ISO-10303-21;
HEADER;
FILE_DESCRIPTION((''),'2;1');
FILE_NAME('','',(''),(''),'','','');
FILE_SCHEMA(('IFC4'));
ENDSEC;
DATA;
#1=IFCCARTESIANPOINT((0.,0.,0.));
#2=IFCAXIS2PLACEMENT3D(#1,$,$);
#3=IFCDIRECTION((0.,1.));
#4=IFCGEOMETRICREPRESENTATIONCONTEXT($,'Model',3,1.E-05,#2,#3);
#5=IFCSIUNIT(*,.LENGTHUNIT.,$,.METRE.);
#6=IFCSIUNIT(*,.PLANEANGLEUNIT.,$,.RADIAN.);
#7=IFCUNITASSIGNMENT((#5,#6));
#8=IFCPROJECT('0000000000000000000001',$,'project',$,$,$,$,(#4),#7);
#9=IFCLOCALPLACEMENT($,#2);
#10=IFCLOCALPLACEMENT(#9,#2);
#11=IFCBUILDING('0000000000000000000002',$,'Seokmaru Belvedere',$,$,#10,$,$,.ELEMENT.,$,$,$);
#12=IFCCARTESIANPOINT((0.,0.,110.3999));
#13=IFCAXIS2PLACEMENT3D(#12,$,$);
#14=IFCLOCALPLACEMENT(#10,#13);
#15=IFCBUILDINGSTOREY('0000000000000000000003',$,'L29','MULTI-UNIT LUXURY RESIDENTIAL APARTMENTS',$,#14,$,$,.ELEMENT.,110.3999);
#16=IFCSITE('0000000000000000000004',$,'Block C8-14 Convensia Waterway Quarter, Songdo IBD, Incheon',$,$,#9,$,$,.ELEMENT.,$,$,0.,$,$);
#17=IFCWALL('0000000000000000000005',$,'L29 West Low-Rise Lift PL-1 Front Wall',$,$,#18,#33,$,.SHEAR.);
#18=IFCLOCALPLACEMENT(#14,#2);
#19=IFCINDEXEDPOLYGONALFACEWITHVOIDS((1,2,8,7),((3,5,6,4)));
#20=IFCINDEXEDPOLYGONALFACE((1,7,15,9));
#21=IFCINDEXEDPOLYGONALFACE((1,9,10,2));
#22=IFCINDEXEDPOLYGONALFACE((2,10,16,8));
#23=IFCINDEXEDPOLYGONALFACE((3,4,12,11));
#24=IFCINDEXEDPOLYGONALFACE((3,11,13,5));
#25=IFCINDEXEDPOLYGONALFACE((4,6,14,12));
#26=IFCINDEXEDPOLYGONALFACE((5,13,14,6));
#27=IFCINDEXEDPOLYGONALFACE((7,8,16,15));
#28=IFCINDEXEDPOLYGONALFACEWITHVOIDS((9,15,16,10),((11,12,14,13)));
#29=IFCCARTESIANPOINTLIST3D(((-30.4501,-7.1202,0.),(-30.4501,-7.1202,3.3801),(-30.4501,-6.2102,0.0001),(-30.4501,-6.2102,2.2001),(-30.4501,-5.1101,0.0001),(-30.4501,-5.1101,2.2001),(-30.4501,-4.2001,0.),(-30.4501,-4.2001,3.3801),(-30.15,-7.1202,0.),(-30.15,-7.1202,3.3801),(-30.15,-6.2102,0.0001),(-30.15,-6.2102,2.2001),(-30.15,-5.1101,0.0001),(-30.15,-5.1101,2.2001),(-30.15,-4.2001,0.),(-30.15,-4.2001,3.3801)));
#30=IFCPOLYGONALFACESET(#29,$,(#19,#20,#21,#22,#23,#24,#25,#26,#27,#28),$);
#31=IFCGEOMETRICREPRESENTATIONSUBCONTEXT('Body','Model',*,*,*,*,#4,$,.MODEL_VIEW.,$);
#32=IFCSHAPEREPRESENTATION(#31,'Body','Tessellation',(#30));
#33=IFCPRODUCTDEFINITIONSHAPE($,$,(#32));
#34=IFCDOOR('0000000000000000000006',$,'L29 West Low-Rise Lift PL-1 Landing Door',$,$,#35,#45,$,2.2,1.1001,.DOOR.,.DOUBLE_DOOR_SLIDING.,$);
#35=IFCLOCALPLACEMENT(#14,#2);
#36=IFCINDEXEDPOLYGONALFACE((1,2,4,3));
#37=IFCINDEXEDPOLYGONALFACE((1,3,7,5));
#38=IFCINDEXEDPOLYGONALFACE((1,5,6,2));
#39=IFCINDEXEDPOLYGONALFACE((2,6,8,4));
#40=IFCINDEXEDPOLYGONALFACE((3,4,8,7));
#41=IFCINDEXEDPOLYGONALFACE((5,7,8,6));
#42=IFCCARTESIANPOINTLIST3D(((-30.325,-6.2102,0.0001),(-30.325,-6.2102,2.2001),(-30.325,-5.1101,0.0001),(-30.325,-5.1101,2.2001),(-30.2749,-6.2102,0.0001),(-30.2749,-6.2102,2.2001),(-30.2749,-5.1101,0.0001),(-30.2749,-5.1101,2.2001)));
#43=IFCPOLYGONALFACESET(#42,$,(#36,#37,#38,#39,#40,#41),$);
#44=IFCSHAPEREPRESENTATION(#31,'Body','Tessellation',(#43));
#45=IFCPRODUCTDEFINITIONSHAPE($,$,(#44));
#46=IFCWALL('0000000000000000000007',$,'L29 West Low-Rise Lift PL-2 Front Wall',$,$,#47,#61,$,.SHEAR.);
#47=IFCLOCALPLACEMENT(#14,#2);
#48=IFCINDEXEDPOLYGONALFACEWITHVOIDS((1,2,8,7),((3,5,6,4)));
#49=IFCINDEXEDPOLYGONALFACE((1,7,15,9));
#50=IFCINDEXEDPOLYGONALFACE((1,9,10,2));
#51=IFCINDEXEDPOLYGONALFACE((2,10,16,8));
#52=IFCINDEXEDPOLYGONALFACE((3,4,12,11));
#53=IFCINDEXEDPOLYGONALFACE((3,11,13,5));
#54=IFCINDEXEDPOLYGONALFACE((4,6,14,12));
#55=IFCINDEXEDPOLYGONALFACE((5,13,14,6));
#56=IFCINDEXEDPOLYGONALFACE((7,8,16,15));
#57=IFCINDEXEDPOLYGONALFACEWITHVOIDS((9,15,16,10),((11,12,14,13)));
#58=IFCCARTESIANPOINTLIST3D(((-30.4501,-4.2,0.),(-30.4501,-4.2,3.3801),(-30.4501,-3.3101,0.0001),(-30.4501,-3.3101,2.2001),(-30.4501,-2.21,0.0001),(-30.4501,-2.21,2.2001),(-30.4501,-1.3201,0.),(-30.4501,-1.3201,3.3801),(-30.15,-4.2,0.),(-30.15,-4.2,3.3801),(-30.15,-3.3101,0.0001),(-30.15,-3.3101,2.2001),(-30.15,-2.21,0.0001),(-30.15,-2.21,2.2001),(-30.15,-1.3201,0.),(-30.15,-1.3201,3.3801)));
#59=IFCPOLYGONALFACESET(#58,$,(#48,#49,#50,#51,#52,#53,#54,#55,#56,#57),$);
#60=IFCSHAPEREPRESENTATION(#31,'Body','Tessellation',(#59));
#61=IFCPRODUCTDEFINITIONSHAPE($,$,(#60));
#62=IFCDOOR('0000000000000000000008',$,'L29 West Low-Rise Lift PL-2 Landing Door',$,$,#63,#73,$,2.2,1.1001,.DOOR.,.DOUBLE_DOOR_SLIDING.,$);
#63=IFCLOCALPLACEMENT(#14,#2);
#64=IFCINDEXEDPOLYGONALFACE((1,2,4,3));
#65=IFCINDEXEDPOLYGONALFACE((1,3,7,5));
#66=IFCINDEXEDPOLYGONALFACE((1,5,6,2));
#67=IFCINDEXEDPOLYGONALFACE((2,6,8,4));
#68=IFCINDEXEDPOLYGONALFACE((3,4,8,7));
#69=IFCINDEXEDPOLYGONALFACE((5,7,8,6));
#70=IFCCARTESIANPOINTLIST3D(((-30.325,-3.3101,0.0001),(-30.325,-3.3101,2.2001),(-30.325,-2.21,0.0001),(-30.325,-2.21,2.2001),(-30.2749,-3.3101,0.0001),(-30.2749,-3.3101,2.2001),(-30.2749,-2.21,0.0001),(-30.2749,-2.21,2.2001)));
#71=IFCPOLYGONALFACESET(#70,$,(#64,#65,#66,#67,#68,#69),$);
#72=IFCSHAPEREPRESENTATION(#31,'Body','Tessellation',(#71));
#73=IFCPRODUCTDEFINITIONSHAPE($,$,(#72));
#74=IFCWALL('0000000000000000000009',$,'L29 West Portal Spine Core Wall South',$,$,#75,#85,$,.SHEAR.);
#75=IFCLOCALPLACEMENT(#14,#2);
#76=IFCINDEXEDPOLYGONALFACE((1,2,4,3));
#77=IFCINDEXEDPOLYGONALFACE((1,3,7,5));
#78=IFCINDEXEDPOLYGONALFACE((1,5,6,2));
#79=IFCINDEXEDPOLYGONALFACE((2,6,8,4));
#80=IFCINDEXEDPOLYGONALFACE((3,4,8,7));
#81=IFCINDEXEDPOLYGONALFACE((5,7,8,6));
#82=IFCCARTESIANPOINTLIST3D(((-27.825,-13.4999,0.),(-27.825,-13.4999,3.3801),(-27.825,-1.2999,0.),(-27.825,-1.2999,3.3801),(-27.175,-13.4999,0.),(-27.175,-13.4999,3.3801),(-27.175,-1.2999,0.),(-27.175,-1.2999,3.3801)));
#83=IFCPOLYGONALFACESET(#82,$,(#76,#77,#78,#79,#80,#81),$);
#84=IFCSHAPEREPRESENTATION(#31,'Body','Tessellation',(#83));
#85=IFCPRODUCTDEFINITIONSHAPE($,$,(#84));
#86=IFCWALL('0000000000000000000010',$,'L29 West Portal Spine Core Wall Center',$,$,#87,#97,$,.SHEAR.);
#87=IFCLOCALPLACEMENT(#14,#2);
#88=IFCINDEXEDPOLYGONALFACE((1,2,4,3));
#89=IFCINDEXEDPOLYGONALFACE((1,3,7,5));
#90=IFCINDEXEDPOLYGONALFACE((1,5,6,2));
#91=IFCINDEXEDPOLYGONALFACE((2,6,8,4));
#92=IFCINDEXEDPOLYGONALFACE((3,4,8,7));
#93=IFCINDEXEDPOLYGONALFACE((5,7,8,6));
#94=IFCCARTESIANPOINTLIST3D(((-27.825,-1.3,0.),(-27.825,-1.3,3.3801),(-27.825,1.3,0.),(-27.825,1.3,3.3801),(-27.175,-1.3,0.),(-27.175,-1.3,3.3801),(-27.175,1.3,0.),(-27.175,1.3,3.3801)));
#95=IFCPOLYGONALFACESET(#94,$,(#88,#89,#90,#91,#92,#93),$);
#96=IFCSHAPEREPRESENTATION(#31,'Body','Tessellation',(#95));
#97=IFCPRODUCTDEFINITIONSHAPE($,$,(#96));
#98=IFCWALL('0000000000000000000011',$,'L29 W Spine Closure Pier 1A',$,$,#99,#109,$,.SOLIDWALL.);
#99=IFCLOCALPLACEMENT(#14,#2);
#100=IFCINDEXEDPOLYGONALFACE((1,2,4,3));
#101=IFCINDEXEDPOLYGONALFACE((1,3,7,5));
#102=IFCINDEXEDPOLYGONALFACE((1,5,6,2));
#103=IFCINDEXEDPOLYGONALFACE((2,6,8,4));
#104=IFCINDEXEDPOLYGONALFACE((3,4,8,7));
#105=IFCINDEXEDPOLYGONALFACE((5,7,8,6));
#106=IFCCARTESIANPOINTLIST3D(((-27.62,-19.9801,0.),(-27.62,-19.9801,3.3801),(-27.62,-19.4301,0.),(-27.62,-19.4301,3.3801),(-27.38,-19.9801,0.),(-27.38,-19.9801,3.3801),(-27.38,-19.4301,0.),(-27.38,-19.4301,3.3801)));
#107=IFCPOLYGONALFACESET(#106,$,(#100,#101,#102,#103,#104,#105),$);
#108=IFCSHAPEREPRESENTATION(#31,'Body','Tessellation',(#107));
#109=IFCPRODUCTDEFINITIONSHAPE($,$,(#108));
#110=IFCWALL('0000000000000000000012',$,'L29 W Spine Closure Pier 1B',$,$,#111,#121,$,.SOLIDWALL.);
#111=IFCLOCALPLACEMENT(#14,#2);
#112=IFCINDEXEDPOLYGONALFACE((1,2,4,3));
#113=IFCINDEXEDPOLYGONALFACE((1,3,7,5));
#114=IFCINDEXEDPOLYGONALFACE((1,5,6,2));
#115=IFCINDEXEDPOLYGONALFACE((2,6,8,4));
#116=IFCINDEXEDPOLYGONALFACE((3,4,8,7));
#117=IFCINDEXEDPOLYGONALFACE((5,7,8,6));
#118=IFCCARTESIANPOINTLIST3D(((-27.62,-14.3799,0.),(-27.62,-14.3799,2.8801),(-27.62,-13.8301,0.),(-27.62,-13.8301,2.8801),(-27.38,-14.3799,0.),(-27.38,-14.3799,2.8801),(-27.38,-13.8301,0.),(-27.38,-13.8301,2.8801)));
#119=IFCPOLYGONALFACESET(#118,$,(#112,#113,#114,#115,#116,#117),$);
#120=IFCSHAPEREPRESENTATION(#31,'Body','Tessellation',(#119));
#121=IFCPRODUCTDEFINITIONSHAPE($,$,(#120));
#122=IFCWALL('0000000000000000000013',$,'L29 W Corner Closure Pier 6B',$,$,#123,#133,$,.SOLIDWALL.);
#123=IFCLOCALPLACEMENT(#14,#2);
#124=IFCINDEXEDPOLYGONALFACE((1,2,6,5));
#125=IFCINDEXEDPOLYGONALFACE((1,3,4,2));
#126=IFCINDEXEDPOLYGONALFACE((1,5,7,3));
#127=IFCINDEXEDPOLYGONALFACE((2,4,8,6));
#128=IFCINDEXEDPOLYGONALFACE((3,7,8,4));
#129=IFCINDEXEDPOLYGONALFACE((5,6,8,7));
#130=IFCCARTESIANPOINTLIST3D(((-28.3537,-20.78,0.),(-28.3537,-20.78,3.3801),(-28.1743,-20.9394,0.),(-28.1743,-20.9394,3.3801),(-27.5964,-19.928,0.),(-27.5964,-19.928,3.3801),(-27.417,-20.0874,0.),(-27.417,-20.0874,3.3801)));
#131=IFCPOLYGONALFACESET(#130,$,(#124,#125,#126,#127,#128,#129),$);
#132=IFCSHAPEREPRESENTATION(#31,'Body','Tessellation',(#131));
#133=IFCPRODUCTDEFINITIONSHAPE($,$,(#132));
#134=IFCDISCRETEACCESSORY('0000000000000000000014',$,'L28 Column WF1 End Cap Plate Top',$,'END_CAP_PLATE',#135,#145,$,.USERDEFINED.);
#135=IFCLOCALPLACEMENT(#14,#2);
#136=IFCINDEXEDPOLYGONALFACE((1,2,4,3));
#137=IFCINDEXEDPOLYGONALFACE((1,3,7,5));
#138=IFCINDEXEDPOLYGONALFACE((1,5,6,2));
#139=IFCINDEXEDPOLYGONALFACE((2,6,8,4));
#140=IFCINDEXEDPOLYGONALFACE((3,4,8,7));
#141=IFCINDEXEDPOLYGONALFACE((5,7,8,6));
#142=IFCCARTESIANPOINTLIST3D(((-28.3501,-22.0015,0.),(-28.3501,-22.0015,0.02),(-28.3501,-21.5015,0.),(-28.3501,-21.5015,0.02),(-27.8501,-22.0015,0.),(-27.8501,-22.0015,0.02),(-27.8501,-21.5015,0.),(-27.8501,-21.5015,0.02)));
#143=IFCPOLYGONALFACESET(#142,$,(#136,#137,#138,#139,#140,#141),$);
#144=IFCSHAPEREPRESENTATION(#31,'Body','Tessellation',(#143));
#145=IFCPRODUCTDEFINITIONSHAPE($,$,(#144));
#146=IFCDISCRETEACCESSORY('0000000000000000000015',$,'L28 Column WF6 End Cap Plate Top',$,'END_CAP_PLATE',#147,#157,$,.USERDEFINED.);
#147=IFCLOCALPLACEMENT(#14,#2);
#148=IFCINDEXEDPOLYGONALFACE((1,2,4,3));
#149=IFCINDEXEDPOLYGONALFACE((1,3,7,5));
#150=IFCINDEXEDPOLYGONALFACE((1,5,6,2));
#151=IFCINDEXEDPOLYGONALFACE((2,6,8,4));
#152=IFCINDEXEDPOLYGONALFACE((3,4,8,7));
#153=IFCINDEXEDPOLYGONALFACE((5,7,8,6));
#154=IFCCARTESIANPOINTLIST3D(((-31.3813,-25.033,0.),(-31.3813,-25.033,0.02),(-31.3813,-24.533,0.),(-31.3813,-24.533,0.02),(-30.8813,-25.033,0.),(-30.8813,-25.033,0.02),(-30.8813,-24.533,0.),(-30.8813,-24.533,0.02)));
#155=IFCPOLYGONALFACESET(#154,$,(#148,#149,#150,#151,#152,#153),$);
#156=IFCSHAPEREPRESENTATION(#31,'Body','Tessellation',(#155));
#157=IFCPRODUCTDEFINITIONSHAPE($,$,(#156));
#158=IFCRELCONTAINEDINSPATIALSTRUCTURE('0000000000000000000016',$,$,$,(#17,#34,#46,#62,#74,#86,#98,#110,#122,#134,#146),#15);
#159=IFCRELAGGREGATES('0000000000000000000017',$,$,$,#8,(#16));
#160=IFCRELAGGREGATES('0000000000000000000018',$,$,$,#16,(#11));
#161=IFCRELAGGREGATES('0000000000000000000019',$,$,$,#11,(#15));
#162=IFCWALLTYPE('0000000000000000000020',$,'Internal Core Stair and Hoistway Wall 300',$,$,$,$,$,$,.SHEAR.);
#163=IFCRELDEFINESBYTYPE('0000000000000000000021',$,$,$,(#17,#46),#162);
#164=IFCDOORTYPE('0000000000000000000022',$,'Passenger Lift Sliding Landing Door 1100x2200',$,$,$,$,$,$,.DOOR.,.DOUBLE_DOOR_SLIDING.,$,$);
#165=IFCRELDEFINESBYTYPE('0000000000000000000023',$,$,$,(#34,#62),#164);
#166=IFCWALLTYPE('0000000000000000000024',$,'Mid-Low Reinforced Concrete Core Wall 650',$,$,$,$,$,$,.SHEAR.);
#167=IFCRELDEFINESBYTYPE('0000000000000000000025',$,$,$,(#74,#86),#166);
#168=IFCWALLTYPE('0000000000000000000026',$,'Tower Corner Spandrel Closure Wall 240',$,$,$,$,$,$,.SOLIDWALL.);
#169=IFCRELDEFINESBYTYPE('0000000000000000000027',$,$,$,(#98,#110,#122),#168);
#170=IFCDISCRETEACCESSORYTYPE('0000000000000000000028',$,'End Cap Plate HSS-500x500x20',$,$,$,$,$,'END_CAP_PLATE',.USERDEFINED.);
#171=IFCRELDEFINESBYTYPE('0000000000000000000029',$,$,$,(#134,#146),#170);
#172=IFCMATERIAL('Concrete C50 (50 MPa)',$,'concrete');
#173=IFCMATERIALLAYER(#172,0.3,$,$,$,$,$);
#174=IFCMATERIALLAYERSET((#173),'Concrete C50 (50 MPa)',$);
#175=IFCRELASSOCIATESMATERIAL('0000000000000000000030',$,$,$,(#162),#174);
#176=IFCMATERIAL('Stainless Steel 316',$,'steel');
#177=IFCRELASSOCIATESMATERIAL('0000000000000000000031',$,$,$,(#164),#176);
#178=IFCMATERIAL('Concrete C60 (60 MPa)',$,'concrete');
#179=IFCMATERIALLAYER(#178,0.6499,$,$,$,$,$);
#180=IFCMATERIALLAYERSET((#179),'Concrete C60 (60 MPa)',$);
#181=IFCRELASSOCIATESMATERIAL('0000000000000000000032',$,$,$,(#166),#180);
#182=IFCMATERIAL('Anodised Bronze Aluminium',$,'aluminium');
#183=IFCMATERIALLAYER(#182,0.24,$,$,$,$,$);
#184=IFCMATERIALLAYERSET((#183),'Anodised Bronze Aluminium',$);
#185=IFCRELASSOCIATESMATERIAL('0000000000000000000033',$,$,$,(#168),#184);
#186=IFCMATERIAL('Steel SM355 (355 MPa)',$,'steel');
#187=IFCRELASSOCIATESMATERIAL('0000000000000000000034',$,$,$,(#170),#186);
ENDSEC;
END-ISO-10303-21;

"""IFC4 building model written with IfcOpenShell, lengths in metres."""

from ifc_helpers import new_model, si_unit, direction, frame, frame_2d, origin, origin_2d, place, context, subcontext, project, spatial, rectangle, extrude, source, transform, mapped, material, layer, layer_set, type_object, type_shapes, element, fill, save


model = new_model("IFC4")

# Units and contexts
model_context = context("Model", 3, precision=1e-05, world=origin(), true_north=direction((0.0, 1.0)))
body_context = subcontext(model_context, "Body", "Model", "MODEL_VIEW")
ifc_project = project(units=[si_unit("LENGTHUNIT", "METRE"), si_unit("PLANEANGLEUNIT", "RADIAN")], contexts=[model_context])

# Site, building, storey
site_placement = place(None, origin())
site = spatial("IfcSite", under=ifc_project, at=site_placement, Name="Block C8-14 Convensia Waterway Quarter, Songdo IBD, Incheon", CompositionType="ELEMENT", RefElevation=0.0)
building_placement = place(site_placement, origin())
building = spatial("IfcBuilding", under=site, at=building_placement, Name="Seokmaru Belvedere", CompositionType="ELEMENT")
storey_placement = place(building_placement, frame((0.0, 0.0, 110.3999)))
storey = spatial("IfcBuildingStorey", under=building, at=storey_placement, Name="L29", Description="MULTI-UNIT LUXURY RESIDENTIAL APARTMENTS", CompositionType="ELEMENT", Elevation=110.3999)

# Shared definitions
ifc_material_1 = material(Name="Steel SM355 (355 MPa)", Category="steel")

# Shared definitions
ifc_material_2 = material(Name="Anodised Bronze Aluminium", Category="aluminium")

# Shared definitions
ifc_material_3 = material(Name="Concrete C50 (50 MPa)", Category="concrete")

# Walls, openings, doors
ifc_layer_1 = layer(ifc_material_3, 0.3)
ifc_layer_set_1 = layer_set([ifc_layer_1], Name="Concrete C50 (50 MPa)")
wall_type_1 = type_object("IfcWallType", Name="Internal Core Stair and Hoistway Wall 300", PredefinedType="SHEAR", material=ifc_layer_set_1)
ifc_material_4 = material(Name="Stainless Steel 316", Category="steel")
wall_1_placement = place(storey_placement, frame((-30.3, -7.1201, 0.0), z_axis=(0.0, 0.0, 1.0), x_axis=(0.0, 1.0, 0.0)))
wall_1 = element("IfcWall", 1, at=wall_1_placement, inside=storey, type_object=wall_type_1, Name="L29 West Low-Rise Lift PL-1 Front Wall", PredefinedType="SHEAR", context=body_context, shape_type="SweptSolid", body=[
    extrude(rectangle(XDim=2.9202, YDim=0.3, at=frame_2d((1.46, 0.0))), origin(), (0.0, 0.0, 1.0), 3.3801),
])
opening_1_placement = place(wall_1_placement, frame((0.9099, 0.0, 0.0)))
opening_1 = element("IfcOpeningElement", 2, at=opening_1_placement, cuts=wall_1, PredefinedType="OPENING", context=body_context, shape_type="SweptSolid", body=[
    extrude(rectangle(XDim=1.1001, YDim=2.2, at=frame_2d((0.55, 1.1001))), frame((0.0, 0.1602, 0.0), z_axis=(0.0, -1.0, 0.0), x_axis=(1.0, 0.0, 0.0)), (0.0, 0.0, 1.0), 0.3201),
])
door_type_1 = type_object("IfcDoorType", Name="Passenger Lift Sliding Landing Door 1100x2200", OperationType="DOUBLE_DOOR_SLIDING", PredefinedType="DOOR", material=ifc_material_4)
shared_shape_1 = source(origin(), body_context, "Body", "SweptSolid", [
    extrude(rectangle(XDim=1.1001, YDim=2.2, at=frame_2d((0.55, 1.1001))), frame((0.0, 0.0249, 0.0), z_axis=(0.0, -1.0, 0.0), x_axis=(1.0, 0.0, 0.0)), (0.0, 0.0, 1.0), 0.05),
])
type_shapes(door_type_1, [shared_shape_1])
door_1_placement = place(opening_1_placement, origin())
door_1 = element("IfcDoor", 3, at=door_1_placement, inside=storey, type_object=door_type_1, Name="L29 West Low-Rise Lift PL-1 Landing Door", OperationType="DOUBLE_DOOR_SLIDING", OverallHeight=2.2, OverallWidth=1.1001, PredefinedType="DOOR", context=body_context, shape_type="MappedRepresentation", body=[
    mapped(shared_shape_1, transform((0.0, 0.0, 0.0), scale=1.0)),
])
fill(opening_1, door_1)
wall_2_placement = place(storey_placement, frame((-30.3, -4.2, 0.0), z_axis=(0.0, 0.0, 1.0), x_axis=(0.0, 1.0, 0.0)))
wall_2 = element("IfcWall", 4, at=wall_2_placement, inside=storey, type_object=wall_type_1, Name="L29 West Low-Rise Lift PL-2 Front Wall", PredefinedType="SHEAR", context=body_context, shape_type="SweptSolid", body=[
    extrude(rectangle(XDim=2.8799, YDim=0.3, at=frame_2d((1.4399, 0.0))), origin(), (0.0, 0.0, 1.0), 3.3801),
])
opening_2_placement = place(wall_2_placement, frame((0.8899, 0.0, 0.0)))
opening_2 = element("IfcOpeningElement", 5, at=opening_2_placement, cuts=wall_2, PredefinedType="OPENING", context=body_context, shape_type="SweptSolid", body=[
    extrude(rectangle(XDim=1.1001, YDim=2.2, at=frame_2d((0.55, 1.1001))), frame((0.0, 0.1602, 0.0), z_axis=(0.0, -1.0, 0.0), x_axis=(1.0, 0.0, 0.0)), (0.0, 0.0, 1.0), 0.3201),
])
door_2_placement = place(opening_2_placement, origin())
door_2 = element("IfcDoor", 6, at=door_2_placement, inside=storey, type_object=door_type_1, Name="L29 West Low-Rise Lift PL-2 Landing Door", OperationType="DOUBLE_DOOR_SLIDING", OverallHeight=2.2, OverallWidth=1.1001, PredefinedType="DOOR", context=body_context, shape_type="MappedRepresentation", body=[
    mapped(shared_shape_1, transform((0.0, 0.0, 0.0), scale=1.0)),
])
fill(opening_2, door_2)

# Walls
ifc_material_5 = material(Name="Concrete C60 (60 MPa)", Category="concrete")
ifc_layer_2 = layer(ifc_material_5, 0.6499)
ifc_layer_set_2 = layer_set([ifc_layer_2], Name="Concrete C60 (60 MPa)")
wall_type_2 = type_object("IfcWallType", Name="Mid-Low Reinforced Concrete Core Wall 650", PredefinedType="SHEAR", material=ifc_layer_set_2)
wall_3_placement = place(storey_placement, frame((-27.5, -13.5, 0.0), z_axis=(0.0, 0.0, 1.0), x_axis=(0.0, 1.0, 0.0)))
element("IfcWall", 7, at=wall_3_placement, inside=storey, type_object=wall_type_2, Name="L29 West Portal Spine Core Wall South", PredefinedType="SHEAR", context=body_context, shape_type="SweptSolid", body=[
    extrude(rectangle(XDim=12.2, YDim=0.6499, at=frame_2d((6.1001, 0.0))), origin(), (0.0, 0.0, 1.0), 3.3801),
])
wall_4_placement = place(storey_placement, frame((-27.5, -1.3, 0.0), z_axis=(0.0, 0.0, 1.0), x_axis=(0.0, 1.0, 0.0)))
element("IfcWall", 8, at=wall_4_placement, inside=storey, type_object=wall_type_2, Name="L29 West Portal Spine Core Wall Center", PredefinedType="SHEAR", context=body_context, shape_type="SweptSolid", body=[
    extrude(rectangle(XDim=2.6001, YDim=0.6499, at=frame_2d((1.3, 0.0))), origin(), (0.0, 0.0, 1.0), 3.3801),
])
ifc_layer_3 = layer(ifc_material_2, 0.24)
ifc_layer_set_3 = layer_set([ifc_layer_3], Name="Anodised Bronze Aluminium")
wall_type_3 = type_object("IfcWallType", Name="Tower Corner Spandrel Closure Wall 240", PredefinedType="SOLIDWALL", material=ifc_layer_set_3)
wall_5_placement = place(storey_placement, frame((-27.5, -19.98, 0.0), z_axis=(0.0, 0.0, 1.0), x_axis=(0.0, 1.0, 0.0)))
element("IfcWall", 9, at=wall_5_placement, inside=storey, type_object=wall_type_3, Name="L29 W Spine Closure Pier 1A", PredefinedType="SOLIDWALL", context=body_context, shape_type="SweptSolid", body=[
    extrude(rectangle(XDim=0.55, YDim=0.24, at=frame_2d((0.2749, 0.0))), origin(), (0.0, 0.0, 1.0), 3.3801),
])
wall_6_placement = place(storey_placement, frame((-27.5, -14.3799, 0.0), z_axis=(0.0, 0.0, 1.0), x_axis=(0.0, 1.0, 0.0)))
element("IfcWall", 10, at=wall_6_placement, inside=storey, type_object=wall_type_3, Name="L29 W Spine Closure Pier 1B", PredefinedType="SOLIDWALL", context=body_context, shape_type="SweptSolid", body=[
    extrude(rectangle(XDim=0.5498, YDim=0.24, at=frame_2d((0.2749, 0.0))), origin(), (0.0, 0.0, 1.0), 2.8801),
])
wall_7_placement = place(storey_placement, frame((-28.2639, -20.8596, 0.0), z_axis=(0.0, 0.0, 1.0), x_axis=(0.664337, 0.747433, 0.0)))
element("IfcWall", 11, at=wall_7_placement, inside=storey, type_object=wall_type_3, Name="L29 W Corner Closure Pier 6B", PredefinedType="SOLIDWALL", context=body_context, shape_type="SweptSolid", body=[
    extrude(rectangle(XDim=1.1399, YDim=0.24, at=frame_2d((0.5698, 0.0))), origin(), (0.0, 0.0, 1.0), 3.3801),
])

# Discrete accessories
discrete_accessory_type = type_object("IfcDiscreteAccessoryType", Name="End Cap Plate HSS-500x500x20", ElementType="END_CAP_PLATE", PredefinedType="USERDEFINED", material=ifc_material_1)
shared_shape_2 = source(origin(), body_context, "Body", "SweptSolid", [
    extrude(rectangle(XDim=0.5, YDim=0.5, at=origin_2d()), origin(), (0.0, 0.0, 1.0), 0.02),
])
type_shapes(discrete_accessory_type, [shared_shape_2])
for number, where, z_axis, x_axis, name in (
    (12, (-28.1001, -21.7515, 0.0), (0.0, 0.0, 1.0), (1.0, 0.0, 0.0), "L28 Column WF1 End Cap Plate Top"),
    (13, (-31.1313, -24.783, 0.0), (0.0, 0.0, 1.0), (1.0, 0.0, 0.0), "L28 Column WF6 End Cap Plate Top"),
):
    element("IfcDiscreteAccessory", number, at=place(storey_placement, frame(where, z_axis=z_axis, x_axis=x_axis)), inside=storey, type_object=discrete_accessory_type, Name=name, ObjectType="END_CAP_PLATE", PredefinedType="USERDEFINED", context=body_context, shape_type="MappedRepresentation", body=[
        mapped(shared_shape_2, transform((0.0, 0.0, 0.0), scale=1.0)),
    ])

save(model, "model.ifc")
